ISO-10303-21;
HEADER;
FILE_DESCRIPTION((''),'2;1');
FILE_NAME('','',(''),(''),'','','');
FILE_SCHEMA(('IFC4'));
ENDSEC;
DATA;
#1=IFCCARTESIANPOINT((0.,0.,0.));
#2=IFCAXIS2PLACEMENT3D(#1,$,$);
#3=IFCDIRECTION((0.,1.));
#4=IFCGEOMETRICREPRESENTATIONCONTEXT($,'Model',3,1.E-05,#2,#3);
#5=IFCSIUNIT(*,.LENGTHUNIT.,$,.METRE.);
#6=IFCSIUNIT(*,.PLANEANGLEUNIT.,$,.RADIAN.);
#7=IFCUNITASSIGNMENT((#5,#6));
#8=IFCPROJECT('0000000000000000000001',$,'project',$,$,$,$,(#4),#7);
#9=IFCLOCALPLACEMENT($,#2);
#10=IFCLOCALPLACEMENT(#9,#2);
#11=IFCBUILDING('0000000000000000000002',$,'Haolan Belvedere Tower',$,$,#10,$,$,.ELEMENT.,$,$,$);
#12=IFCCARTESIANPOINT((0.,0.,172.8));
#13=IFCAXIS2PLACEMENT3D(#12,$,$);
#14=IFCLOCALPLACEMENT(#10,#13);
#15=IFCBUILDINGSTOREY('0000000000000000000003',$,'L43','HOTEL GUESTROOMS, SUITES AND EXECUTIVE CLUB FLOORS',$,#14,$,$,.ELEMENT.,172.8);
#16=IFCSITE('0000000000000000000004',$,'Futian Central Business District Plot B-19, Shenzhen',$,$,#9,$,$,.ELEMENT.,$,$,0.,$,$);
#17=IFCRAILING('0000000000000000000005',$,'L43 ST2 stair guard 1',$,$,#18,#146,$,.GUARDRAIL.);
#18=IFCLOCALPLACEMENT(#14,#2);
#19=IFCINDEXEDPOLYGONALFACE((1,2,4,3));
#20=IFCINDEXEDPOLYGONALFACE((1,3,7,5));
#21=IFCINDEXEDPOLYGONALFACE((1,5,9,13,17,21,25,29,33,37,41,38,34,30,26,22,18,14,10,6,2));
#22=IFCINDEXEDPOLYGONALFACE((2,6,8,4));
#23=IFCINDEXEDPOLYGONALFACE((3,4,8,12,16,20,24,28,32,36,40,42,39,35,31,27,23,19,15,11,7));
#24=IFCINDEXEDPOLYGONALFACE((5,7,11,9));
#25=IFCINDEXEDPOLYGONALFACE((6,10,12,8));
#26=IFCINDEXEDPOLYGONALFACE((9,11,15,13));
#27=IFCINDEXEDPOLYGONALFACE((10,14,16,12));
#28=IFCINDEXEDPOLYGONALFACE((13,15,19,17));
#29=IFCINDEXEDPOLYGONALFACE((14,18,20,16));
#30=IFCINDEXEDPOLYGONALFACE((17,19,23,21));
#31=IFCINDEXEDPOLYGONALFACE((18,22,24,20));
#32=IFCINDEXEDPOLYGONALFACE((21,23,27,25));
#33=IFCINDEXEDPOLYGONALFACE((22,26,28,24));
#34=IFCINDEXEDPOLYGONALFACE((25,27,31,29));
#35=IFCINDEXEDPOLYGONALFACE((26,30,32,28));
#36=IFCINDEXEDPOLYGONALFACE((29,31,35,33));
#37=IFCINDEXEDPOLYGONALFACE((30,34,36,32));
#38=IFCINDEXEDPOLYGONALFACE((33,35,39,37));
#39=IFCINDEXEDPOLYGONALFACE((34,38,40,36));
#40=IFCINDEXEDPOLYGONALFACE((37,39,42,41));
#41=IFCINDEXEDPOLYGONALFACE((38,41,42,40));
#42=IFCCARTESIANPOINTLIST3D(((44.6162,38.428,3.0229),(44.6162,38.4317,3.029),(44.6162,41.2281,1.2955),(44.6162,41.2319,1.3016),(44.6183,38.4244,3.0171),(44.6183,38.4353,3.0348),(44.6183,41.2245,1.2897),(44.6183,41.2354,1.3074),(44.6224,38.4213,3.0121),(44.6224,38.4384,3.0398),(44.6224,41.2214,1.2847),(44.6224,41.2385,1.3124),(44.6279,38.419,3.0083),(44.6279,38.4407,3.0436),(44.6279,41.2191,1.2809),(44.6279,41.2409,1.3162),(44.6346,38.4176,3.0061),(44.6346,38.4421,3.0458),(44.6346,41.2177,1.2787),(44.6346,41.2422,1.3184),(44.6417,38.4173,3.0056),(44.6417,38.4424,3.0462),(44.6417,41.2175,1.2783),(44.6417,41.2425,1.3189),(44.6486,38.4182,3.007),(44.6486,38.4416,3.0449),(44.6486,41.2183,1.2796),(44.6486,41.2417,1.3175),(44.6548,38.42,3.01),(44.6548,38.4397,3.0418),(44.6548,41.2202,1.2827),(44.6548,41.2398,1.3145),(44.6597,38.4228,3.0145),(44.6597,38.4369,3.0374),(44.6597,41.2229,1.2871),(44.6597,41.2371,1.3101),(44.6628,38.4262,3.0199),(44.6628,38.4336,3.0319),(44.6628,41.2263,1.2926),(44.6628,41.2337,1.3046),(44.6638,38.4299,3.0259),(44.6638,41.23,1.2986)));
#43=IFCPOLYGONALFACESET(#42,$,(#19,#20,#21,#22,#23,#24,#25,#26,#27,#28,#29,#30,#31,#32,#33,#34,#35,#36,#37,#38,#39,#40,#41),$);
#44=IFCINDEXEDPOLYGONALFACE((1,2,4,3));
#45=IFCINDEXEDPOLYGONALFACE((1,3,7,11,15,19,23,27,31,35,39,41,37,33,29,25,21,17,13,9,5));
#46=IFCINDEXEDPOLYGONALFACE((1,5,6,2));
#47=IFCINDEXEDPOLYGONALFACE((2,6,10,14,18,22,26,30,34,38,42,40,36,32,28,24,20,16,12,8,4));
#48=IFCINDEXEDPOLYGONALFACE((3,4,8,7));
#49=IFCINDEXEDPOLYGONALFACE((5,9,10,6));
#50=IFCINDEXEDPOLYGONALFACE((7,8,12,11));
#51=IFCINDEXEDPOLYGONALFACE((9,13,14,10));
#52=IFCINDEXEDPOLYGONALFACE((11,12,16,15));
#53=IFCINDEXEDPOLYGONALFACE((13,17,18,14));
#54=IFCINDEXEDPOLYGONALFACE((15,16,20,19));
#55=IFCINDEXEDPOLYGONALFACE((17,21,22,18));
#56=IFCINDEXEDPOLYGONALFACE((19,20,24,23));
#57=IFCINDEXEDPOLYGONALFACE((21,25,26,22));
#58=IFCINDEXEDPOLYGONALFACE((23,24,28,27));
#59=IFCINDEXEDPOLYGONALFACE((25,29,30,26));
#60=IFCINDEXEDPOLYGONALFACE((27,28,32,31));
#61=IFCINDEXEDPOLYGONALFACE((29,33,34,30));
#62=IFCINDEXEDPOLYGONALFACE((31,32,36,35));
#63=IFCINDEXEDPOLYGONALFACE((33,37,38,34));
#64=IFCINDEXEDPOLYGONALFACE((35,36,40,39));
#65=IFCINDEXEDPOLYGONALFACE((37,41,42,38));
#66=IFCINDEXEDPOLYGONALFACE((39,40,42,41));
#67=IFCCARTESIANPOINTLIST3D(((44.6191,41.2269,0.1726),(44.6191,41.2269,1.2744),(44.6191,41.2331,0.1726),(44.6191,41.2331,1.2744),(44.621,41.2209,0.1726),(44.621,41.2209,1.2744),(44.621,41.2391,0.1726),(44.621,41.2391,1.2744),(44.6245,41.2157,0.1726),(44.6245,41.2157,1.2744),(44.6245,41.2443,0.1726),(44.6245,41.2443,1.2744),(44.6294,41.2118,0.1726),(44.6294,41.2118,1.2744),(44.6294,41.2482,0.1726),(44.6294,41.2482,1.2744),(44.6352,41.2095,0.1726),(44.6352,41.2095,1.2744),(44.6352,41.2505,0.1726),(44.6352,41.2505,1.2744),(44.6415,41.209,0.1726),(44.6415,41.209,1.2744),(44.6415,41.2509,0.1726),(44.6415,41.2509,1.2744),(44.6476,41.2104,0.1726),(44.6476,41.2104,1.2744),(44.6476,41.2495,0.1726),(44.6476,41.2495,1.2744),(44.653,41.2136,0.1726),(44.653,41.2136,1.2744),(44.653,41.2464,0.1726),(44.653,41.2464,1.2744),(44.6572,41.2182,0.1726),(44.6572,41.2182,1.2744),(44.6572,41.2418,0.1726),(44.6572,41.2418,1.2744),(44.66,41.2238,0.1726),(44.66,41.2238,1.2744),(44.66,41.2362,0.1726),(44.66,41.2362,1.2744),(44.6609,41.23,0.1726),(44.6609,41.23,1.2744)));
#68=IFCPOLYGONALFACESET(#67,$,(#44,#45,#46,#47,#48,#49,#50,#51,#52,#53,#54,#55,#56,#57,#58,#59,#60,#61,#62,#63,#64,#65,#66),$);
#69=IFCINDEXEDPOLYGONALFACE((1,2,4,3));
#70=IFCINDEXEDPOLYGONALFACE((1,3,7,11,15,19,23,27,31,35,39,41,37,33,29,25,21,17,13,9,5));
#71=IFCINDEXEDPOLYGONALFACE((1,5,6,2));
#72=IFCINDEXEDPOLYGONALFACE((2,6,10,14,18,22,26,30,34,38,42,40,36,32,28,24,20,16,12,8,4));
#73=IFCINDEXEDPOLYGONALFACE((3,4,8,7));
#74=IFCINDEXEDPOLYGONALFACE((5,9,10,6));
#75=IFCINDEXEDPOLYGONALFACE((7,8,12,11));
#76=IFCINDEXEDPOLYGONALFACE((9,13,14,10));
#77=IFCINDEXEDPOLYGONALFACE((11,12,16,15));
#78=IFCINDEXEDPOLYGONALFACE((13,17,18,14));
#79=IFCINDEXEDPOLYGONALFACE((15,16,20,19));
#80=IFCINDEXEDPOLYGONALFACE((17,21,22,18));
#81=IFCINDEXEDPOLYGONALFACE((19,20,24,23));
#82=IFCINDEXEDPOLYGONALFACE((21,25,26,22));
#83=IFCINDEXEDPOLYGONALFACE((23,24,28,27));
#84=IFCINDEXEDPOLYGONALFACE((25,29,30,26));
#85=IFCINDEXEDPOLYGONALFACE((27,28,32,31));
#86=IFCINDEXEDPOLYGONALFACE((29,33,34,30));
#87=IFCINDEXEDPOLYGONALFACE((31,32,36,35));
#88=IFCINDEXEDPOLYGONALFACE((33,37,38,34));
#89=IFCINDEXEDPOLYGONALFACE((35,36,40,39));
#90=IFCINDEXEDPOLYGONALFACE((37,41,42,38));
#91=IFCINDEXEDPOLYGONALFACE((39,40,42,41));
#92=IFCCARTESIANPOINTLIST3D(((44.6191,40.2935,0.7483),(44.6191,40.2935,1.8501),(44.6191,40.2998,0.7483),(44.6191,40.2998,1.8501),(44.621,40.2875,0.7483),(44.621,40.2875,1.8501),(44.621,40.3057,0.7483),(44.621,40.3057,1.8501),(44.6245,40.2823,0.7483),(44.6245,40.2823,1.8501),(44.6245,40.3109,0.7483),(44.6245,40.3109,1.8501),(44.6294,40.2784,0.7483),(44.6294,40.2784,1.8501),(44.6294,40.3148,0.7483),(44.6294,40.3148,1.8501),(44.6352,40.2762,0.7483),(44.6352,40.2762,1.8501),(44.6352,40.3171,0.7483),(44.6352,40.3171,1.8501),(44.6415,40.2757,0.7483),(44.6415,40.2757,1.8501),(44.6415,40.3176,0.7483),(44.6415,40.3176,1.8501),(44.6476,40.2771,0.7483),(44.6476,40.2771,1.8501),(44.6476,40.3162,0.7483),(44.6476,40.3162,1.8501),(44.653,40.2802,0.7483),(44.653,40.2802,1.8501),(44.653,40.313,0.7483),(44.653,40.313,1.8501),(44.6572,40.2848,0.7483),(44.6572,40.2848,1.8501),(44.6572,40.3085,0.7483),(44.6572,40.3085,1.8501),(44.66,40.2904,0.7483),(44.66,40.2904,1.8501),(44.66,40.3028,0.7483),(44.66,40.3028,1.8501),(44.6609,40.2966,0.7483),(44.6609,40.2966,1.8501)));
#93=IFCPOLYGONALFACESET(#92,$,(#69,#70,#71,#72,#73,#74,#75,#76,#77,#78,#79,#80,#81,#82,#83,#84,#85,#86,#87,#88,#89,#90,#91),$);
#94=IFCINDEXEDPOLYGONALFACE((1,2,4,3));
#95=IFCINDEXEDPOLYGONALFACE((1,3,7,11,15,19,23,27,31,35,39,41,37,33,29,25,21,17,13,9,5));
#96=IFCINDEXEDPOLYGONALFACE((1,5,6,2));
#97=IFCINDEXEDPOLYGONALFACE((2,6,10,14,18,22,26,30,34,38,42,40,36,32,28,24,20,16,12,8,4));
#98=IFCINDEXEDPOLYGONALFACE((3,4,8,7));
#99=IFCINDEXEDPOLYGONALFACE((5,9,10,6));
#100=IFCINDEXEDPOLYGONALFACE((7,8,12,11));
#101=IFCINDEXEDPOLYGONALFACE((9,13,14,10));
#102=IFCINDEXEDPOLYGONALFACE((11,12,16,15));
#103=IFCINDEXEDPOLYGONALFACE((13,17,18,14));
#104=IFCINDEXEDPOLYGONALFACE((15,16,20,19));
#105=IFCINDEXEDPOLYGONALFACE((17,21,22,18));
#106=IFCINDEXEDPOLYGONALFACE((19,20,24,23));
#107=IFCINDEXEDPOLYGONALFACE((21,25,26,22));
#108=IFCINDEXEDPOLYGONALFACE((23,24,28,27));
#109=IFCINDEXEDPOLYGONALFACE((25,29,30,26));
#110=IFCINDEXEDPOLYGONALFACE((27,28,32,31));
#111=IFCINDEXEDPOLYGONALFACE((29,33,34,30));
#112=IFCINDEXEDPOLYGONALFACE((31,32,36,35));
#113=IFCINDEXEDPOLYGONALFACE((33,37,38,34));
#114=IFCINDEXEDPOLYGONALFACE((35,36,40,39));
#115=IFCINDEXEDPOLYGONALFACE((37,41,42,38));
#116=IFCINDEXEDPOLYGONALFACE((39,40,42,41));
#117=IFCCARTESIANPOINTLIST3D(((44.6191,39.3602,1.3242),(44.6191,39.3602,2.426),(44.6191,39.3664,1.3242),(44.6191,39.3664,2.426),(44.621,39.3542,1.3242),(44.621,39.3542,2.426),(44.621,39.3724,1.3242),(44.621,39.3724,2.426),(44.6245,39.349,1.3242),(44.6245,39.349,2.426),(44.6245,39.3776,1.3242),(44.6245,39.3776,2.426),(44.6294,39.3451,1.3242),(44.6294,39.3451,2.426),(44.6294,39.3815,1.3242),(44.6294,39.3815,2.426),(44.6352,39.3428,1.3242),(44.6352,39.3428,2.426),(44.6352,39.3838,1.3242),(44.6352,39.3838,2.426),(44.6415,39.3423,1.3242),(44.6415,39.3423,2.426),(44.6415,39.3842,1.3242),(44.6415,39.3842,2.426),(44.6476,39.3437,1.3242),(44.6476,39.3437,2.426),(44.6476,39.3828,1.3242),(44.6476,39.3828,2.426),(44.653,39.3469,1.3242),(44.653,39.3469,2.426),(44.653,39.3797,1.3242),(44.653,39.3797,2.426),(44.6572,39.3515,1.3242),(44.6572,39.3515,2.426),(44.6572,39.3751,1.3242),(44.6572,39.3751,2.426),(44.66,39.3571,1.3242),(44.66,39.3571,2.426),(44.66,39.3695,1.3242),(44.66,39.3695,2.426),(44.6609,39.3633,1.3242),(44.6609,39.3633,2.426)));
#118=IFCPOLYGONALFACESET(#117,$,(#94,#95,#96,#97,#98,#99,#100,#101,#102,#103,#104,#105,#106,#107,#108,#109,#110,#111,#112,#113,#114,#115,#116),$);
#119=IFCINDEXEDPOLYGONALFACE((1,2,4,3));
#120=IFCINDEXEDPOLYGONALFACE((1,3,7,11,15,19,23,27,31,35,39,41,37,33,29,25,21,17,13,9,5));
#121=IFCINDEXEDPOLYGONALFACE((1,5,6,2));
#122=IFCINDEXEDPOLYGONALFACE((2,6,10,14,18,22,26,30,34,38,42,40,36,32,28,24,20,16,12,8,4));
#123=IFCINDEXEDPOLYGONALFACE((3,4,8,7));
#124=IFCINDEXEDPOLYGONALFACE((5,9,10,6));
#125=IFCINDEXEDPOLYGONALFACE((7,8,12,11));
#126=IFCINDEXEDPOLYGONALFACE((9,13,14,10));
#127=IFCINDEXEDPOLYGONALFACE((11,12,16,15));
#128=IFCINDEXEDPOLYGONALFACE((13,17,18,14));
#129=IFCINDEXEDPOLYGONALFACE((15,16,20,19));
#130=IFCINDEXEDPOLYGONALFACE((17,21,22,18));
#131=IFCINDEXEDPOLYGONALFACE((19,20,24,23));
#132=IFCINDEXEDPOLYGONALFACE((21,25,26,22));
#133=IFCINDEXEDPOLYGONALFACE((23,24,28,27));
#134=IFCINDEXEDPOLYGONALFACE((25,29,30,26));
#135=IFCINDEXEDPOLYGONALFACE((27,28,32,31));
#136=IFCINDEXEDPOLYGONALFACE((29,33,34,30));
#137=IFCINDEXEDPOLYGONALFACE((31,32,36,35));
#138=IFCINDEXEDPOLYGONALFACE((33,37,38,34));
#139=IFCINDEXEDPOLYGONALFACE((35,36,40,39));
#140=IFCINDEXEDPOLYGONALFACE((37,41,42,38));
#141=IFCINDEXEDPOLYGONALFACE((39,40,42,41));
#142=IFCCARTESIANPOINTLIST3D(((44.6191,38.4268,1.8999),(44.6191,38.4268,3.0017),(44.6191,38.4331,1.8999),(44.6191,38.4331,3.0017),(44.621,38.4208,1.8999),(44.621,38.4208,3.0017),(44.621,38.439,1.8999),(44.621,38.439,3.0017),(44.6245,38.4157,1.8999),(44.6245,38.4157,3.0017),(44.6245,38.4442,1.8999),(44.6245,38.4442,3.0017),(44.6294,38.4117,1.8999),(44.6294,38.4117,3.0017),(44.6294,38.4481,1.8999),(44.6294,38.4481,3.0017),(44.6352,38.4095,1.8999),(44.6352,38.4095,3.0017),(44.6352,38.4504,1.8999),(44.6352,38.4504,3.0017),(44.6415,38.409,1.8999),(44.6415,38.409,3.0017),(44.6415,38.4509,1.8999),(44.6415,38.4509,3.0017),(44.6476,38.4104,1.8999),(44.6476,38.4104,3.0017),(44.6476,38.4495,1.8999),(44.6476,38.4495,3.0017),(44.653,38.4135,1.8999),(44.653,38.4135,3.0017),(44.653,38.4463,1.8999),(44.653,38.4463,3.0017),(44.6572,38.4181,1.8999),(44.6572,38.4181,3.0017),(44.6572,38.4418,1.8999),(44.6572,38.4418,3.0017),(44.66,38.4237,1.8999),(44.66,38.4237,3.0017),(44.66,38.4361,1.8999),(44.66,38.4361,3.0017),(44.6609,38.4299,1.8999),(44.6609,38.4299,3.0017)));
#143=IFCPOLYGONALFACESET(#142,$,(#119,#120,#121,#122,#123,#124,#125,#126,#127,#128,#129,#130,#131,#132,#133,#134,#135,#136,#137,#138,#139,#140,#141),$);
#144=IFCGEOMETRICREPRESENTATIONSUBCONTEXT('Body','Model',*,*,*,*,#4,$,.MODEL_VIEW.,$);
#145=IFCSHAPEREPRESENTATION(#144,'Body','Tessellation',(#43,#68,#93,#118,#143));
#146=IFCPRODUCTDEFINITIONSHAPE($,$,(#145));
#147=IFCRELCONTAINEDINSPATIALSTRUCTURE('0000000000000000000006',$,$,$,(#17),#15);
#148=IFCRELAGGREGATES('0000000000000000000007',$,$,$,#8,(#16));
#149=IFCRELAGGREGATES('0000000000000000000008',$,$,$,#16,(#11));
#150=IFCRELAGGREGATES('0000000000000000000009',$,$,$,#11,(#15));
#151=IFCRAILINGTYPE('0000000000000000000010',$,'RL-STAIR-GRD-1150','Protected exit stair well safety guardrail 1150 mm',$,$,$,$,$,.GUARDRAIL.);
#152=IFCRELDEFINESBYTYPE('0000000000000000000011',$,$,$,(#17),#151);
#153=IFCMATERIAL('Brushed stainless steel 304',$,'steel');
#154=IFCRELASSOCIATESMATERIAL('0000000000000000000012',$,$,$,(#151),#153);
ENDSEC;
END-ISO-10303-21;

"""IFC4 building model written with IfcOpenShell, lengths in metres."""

from ifc_helpers import new_model, si_unit, direction, frame, origin, origin_2d, place, context, subcontext, project, spatial, circle, extrude, material, type_object, element, save


model = new_model("IFC4")

# Units and contexts
model_context = context("Model", 3, precision=1e-05, world=origin(), true_north=direction((0.0, 1.0)))
body_context = subcontext(model_context, "Body", "Model", "MODEL_VIEW")
ifc_project = project(units=[si_unit("LENGTHUNIT", "METRE"), si_unit("PLANEANGLEUNIT", "RADIAN")], contexts=[model_context])

# Site, building, storey
site_placement = place(None, origin())
site = spatial("IfcSite", under=ifc_project, at=site_placement, Name="Futian Central Business District Plot B-19, Shenzhen", CompositionType="ELEMENT", RefElevation=0.0)
building_placement = place(site_placement, origin())
building = spatial("IfcBuilding", under=site, at=building_placement, Name="Haolan Belvedere Tower", CompositionType="ELEMENT")
storey_placement = place(building_placement, frame((0.0, 0.0, 172.8)))
storey = spatial("IfcBuildingStorey", under=building, at=storey_placement, Name="L43", Description="HOTEL GUESTROOMS, SUITES AND EXECUTIVE CLUB FLOORS", CompositionType="ELEMENT", Elevation=172.8)

# Railing
ifc_material_1 = material(Name="Brushed stainless steel 304", Category="steel")
railing_type_1 = type_object("IfcRailingType", Name="RL-STAIR-GRD-1150", Description="Protected exit stair well safety guardrail 1150 mm", PredefinedType="GUARDRAIL", material=ifc_material_1)
railing_1_placement = place(storey_placement, frame((44.6399, 41.23, 0.1726)))
element("IfcRailing", 1, at=railing_1_placement, inside=storey, type_object=railing_type_1, Name="L43 ST2 stair guard 1", PredefinedType="GUARDRAIL", context=body_context, shape_type="SweptSolid", body=[
    extrude(circle(Radius=0.0239, at=origin_2d()), frame((0.0, 0.0, 1.126), z_axis=(0.0, -0.85109, 0.52502), x_axis=(1.0, 0.0, 0.0)), (0.0, 0.0, 1.0), 3.29),
    extrude(circle(Radius=0.021, at=origin_2d()), origin(), (0.0, 0.0, 1.0), 1.1018),
    extrude(circle(Radius=0.021, at=origin_2d()), frame((0.0, -0.9333, 0.5757)), (0.0, 0.0, 1.0), 1.1018),
    extrude(circle(Radius=0.021, at=origin_2d()), frame((0.0, -1.8667, 1.1516)), (0.0, 0.0, 1.0), 1.1018),
    extrude(circle(Radius=0.021, at=origin_2d()), frame((0.0, -2.8, 1.7273)), (0.0, 0.0, 1.0), 1.1018),
])

save(model, "model.ifc")
